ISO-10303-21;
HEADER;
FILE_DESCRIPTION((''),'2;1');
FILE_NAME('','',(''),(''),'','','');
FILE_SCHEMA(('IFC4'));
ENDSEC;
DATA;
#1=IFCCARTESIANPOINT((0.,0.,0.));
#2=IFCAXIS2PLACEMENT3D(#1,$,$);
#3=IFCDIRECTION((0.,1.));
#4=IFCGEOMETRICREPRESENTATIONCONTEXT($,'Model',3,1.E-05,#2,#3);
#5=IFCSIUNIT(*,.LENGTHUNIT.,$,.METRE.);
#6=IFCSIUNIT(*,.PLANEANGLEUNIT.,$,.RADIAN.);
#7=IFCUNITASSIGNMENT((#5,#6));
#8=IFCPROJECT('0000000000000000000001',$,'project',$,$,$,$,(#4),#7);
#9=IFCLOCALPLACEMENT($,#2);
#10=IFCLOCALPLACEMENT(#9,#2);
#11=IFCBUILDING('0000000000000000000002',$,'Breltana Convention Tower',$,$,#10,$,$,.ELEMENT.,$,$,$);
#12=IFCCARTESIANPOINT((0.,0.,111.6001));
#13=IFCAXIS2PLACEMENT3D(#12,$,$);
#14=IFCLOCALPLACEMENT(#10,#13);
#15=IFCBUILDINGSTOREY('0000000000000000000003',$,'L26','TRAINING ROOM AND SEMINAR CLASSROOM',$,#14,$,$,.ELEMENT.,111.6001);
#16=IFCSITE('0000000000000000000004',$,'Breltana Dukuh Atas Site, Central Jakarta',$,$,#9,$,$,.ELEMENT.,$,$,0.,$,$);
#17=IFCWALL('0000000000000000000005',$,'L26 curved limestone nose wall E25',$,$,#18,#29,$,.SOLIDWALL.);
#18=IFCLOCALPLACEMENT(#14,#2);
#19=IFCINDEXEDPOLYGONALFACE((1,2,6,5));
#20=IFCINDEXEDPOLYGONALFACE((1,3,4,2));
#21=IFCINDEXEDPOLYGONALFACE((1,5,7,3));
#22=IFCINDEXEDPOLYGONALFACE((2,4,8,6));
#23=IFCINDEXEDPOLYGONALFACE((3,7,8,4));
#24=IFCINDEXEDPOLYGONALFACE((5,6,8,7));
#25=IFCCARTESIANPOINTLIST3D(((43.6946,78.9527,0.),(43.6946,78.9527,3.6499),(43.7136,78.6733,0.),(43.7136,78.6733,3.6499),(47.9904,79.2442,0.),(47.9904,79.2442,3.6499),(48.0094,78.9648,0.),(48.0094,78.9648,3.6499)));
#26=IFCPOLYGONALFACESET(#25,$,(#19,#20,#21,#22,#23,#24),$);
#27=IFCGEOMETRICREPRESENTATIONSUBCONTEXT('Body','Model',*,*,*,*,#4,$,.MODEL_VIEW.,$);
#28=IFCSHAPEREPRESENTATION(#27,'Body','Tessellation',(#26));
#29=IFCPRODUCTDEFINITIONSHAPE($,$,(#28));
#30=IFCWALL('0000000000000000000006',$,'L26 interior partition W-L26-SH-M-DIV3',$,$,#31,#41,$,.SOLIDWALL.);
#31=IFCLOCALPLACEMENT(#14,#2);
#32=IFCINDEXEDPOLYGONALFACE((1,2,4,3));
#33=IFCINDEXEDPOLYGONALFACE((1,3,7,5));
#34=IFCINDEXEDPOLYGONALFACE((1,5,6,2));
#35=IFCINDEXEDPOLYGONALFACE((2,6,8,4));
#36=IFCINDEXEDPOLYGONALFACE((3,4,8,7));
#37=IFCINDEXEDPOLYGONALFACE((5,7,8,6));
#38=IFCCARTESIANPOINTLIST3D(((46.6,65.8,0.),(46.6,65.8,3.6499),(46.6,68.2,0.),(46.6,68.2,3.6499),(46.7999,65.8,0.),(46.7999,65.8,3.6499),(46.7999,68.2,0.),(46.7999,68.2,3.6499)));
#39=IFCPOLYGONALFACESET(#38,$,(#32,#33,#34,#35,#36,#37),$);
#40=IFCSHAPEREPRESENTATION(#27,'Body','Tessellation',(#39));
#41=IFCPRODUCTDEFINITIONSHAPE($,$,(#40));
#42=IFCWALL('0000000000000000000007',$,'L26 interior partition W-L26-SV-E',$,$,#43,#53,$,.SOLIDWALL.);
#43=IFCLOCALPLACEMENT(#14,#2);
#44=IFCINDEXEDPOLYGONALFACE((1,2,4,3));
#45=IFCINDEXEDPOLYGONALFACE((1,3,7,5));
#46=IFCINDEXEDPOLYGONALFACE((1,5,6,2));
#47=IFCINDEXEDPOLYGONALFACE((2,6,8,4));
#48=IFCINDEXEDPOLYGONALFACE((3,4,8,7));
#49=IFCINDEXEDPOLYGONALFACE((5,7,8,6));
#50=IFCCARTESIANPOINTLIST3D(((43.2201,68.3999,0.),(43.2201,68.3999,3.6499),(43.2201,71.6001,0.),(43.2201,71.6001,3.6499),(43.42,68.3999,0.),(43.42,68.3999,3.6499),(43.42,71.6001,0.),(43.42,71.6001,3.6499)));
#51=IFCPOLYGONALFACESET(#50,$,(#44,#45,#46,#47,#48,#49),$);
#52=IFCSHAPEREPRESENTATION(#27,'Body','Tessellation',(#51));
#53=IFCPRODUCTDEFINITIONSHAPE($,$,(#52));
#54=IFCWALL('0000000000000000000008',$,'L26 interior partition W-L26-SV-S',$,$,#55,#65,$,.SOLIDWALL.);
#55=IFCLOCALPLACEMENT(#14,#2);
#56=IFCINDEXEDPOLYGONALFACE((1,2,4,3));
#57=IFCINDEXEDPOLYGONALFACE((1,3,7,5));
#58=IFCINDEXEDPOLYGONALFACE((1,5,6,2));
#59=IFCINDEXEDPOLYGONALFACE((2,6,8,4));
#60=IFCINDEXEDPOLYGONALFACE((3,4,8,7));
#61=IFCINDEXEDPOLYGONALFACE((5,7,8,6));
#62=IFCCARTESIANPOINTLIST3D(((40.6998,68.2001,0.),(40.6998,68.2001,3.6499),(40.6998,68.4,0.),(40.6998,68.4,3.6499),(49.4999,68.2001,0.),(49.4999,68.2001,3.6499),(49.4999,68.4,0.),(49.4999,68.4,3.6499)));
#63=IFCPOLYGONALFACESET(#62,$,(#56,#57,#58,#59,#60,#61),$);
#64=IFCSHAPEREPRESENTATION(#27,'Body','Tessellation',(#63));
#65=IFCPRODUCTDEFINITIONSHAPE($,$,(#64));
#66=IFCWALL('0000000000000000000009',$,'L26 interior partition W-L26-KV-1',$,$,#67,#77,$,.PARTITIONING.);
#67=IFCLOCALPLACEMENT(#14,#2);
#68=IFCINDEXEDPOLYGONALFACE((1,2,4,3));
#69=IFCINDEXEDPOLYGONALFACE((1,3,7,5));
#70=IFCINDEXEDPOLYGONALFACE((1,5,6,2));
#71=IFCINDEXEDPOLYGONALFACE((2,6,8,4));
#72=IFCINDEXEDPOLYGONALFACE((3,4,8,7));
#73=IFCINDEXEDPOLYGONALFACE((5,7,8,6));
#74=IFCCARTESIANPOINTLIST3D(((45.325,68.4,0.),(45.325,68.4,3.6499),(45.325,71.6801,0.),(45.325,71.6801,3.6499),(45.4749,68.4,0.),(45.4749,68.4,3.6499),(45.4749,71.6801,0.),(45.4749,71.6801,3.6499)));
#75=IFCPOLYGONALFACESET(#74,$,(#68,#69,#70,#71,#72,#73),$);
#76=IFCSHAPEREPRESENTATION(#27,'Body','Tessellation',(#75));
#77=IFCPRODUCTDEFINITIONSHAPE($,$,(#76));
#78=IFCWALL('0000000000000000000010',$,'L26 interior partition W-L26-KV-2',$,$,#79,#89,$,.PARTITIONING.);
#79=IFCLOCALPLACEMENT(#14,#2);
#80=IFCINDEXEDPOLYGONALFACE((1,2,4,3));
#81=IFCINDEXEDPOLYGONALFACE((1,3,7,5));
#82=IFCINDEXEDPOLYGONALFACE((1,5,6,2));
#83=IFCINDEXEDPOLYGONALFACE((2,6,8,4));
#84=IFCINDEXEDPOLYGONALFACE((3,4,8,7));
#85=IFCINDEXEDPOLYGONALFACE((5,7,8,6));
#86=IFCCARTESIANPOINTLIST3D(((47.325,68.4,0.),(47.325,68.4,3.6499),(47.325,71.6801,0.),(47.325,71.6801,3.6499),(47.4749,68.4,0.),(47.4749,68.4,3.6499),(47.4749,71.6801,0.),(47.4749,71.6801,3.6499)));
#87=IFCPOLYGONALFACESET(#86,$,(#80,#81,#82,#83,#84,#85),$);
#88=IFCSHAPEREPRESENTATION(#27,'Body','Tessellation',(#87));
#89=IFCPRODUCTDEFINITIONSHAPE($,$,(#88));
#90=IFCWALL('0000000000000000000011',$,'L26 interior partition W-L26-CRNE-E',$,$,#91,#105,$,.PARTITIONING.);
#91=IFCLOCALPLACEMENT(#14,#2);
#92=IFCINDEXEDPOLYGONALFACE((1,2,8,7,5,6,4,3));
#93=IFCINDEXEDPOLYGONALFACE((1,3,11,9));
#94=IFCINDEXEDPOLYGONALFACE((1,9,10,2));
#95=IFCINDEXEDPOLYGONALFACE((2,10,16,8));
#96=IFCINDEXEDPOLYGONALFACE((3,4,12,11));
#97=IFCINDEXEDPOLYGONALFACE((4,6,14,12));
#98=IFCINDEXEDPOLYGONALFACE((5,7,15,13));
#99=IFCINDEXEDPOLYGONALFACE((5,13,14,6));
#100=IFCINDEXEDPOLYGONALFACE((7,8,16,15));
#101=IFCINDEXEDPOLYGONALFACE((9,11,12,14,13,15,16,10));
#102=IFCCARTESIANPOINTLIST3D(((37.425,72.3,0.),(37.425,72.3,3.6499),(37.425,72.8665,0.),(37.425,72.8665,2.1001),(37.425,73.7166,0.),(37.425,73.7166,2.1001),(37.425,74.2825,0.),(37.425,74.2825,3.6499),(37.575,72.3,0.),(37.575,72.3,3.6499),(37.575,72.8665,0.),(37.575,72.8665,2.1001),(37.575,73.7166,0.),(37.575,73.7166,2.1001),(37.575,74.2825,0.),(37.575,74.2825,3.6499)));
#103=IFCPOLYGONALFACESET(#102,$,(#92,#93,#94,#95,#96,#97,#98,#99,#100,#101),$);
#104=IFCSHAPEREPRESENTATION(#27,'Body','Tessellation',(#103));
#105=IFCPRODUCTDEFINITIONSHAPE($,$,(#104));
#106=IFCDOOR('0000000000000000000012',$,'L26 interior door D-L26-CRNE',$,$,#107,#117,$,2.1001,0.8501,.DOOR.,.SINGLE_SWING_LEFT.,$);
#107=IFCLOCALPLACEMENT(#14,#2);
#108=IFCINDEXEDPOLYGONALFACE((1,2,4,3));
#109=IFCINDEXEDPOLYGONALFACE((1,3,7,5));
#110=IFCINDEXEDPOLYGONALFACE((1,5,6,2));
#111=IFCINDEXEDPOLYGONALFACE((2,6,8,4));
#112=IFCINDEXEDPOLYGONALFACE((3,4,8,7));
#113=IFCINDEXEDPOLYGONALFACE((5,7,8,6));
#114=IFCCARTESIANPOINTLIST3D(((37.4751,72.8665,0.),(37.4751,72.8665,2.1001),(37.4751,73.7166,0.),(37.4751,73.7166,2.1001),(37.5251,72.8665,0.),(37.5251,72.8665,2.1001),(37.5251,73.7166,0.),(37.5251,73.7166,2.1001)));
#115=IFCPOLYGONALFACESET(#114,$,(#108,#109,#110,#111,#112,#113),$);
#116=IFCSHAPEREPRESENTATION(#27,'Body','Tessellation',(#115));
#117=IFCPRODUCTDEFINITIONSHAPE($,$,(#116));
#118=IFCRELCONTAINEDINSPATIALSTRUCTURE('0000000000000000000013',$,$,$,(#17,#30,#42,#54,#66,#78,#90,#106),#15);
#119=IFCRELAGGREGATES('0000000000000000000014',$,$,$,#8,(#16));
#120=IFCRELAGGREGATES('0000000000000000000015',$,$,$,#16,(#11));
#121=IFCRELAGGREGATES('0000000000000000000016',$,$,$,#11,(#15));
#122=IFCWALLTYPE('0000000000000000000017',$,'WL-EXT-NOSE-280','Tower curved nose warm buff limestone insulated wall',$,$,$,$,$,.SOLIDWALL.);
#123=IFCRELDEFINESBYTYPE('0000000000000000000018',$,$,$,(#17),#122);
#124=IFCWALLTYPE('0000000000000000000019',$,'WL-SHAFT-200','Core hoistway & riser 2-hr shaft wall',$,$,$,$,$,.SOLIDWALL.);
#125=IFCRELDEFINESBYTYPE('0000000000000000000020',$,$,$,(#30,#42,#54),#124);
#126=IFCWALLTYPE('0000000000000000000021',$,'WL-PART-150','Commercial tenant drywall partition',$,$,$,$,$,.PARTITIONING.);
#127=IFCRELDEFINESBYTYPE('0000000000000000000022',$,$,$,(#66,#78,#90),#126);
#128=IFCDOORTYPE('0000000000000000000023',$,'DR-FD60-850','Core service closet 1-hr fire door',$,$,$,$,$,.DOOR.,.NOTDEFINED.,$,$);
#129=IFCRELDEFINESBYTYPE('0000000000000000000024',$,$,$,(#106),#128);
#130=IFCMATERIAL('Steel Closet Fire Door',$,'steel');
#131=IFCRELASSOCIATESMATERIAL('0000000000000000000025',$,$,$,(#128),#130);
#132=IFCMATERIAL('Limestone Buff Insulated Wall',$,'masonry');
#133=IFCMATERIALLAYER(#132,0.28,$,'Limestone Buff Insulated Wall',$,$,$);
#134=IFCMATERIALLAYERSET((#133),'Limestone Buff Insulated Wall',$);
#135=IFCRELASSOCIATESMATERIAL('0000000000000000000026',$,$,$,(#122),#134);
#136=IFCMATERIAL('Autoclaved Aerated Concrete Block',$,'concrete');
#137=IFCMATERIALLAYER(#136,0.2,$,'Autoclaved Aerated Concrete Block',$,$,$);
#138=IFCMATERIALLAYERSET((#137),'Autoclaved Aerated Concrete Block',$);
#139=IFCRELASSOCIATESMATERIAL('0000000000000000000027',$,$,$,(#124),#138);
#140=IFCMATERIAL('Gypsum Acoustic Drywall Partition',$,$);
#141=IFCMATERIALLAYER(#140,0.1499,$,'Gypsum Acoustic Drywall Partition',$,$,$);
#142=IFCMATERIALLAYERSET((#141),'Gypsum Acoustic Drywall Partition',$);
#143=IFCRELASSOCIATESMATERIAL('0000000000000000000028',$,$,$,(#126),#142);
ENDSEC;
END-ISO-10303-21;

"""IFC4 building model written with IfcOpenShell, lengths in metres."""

from ifc_helpers import new_model, si_unit, direction, frame, frame_2d, origin, place, context, subcontext, project, spatial, rectangle, extrude, source, transform, mapped, material, layer, layer_set, type_object, type_shapes, element, fill, save


model = new_model("IFC4")

# Units and contexts
model_context = context("Model", 3, precision=1e-05, world=origin(), true_north=direction((0.0, 1.0)))
body_context = subcontext(model_context, "Body", "Model", "MODEL_VIEW")
ifc_project = project(units=[si_unit("LENGTHUNIT", "METRE"), si_unit("PLANEANGLEUNIT", "RADIAN")], contexts=[model_context])

# Site, building, storey
site_placement = place(None, origin())
site = spatial("IfcSite", under=ifc_project, at=site_placement, Name="Breltana Dukuh Atas Site, Central Jakarta", CompositionType="ELEMENT", RefElevation=0.0)
building_placement = place(site_placement, origin())
building = spatial("IfcBuilding", under=site, at=building_placement, Name="Breltana Convention Tower", CompositionType="ELEMENT")
storey_placement = place(building_placement, frame((0.0, 0.0, 111.6001)))
storey = spatial("IfcBuildingStorey", under=building, at=storey_placement, Name="L26", Description="TRAINING ROOM AND SEMINAR CLASSROOM", CompositionType="ELEMENT", Elevation=111.6001)

# Shared definitions
ifc_material_1 = material(Name="Steel Closet Fire Door", Category="steel")
door_type_1 = type_object("IfcDoorType", Name="DR-FD60-850", Description="Core service closet 1-hr fire door", OperationType="NOTDEFINED", PredefinedType="DOOR", material=ifc_material_1)
shared_shape_1 = source(origin(), body_context, "Body", "SweptSolid", [
    extrude(rectangle(XDim=0.8501, YDim=2.1001, at=frame_2d((0.425, 1.05))), frame((0.0, 0.0249, 0.0), z_axis=(0.0, -1.0, 0.0), x_axis=(1.0, 0.0, 0.0)), (0.0, 0.0, 1.0), 0.05),
])
type_shapes(door_type_1, [shared_shape_1])

# Walls
ifc_material_2 = material(Name="Limestone Buff Insulated Wall", Category="masonry")
ifc_layer_1 = layer(ifc_material_2, 0.28, Name="Limestone Buff Insulated Wall")
ifc_layer_set_1 = layer_set([ifc_layer_1], Name="Limestone Buff Insulated Wall")
wall_type_1 = type_object("IfcWallType", Name="WL-EXT-NOSE-280", Description="Tower curved nose warm buff limestone insulated wall", PredefinedType="SOLIDWALL", material=ifc_layer_set_1)
shared_shape_2 = source(origin(), body_context, "Body", "SweptSolid", [
    extrude(rectangle(XDim=4.3057, YDim=0.28, at=frame_2d((2.1528, 0.0))), origin(), (0.0, 0.0, 1.0), 3.6499),
])
wall_1_placement = place(storey_placement, frame((43.7041, 78.813, 0.0), z_axis=(0.0, 0.0, 1.0), x_axis=(0.997706, 0.067701, 0.0)))
element("IfcWall", 1, at=wall_1_placement, inside=storey, type_object=wall_type_1, Name="L26 curved limestone nose wall E25", PredefinedType="SOLIDWALL", context=body_context, shape_type="MappedRepresentation", body=[
    mapped(shared_shape_2, transform((0.0, 0.0, 0.0), scale=1.0)),
])
ifc_material_3 = material(Name="Autoclaved Aerated Concrete Block", Category="concrete")
ifc_layer_2 = layer(ifc_material_3, 0.2, Name="Autoclaved Aerated Concrete Block")
ifc_layer_set_2 = layer_set([ifc_layer_2], Name="Autoclaved Aerated Concrete Block")
wall_type_2 = type_object("IfcWallType", Name="WL-SHAFT-200", Description="Core hoistway & riser 2-hr shaft wall", PredefinedType="SOLIDWALL", material=ifc_layer_set_2)
shared_shape_3 = source(origin(), body_context, "Body", "SweptSolid", [
    extrude(rectangle(XDim=2.3999, YDim=0.2, at=frame_2d((1.2, 0.0))), origin(), (0.0, 0.0, 1.0), 3.6499),
])
wall_2_placement = place(storey_placement, frame((46.7, 65.8, 0.0), z_axis=(0.0, 0.0, 1.0), x_axis=(0.0, 1.0, 0.0)))
element("IfcWall", 2, at=wall_2_placement, inside=storey, type_object=wall_type_2, Name="L26 interior partition W-L26-SH-M-DIV3", PredefinedType="SOLIDWALL", context=body_context, shape_type="MappedRepresentation", body=[
    mapped(shared_shape_3, transform((0.0, 0.0, 0.0), scale=1.0)),
])
shared_shape_4 = source(origin(), body_context, "Body", "SweptSolid", [
    extrude(rectangle(XDim=3.2002, YDim=0.2, at=frame_2d((1.6001, 0.0))), origin(), (0.0, 0.0, 1.0), 3.6499),
])
wall_3_placement = place(storey_placement, frame((43.3201, 68.3999, 0.0), z_axis=(0.0, 0.0, 1.0), x_axis=(0.0, 1.0, 0.0)))
element("IfcWall", 3, at=wall_3_placement, inside=storey, type_object=wall_type_2, Name="L26 interior partition W-L26-SV-E", PredefinedType="SOLIDWALL", context=body_context, shape_type="MappedRepresentation", body=[
    mapped(shared_shape_4, transform((0.0, 0.0, 0.0), scale=1.0)),
])
shared_shape_5 = source(origin(), body_context, "Body", "SweptSolid", [
    extrude(rectangle(XDim=8.8, YDim=0.2, at=frame_2d((4.3999, 0.0))), origin(), (0.0, 0.0, 1.0), 3.6499),
])
wall_4_placement = place(storey_placement, frame((40.7, 68.3, 0.0), z_axis=(0.0, 0.0, 1.0), x_axis=(1.0, 0.0, 0.0)))
element("IfcWall", 4, at=wall_4_placement, inside=storey, type_object=wall_type_2, Name="L26 interior partition W-L26-SV-S", PredefinedType="SOLIDWALL", context=body_context, shape_type="MappedRepresentation", body=[
    mapped(shared_shape_5, transform((0.0, 0.0, 0.0), scale=1.0)),
])
ifc_material_4 = material(Name="Gypsum Acoustic Drywall Partition")
ifc_layer_3 = layer(ifc_material_4, 0.1499, Name="Gypsum Acoustic Drywall Partition")
ifc_layer_set_3 = layer_set([ifc_layer_3], Name="Gypsum Acoustic Drywall Partition")
wall_type_3 = type_object("IfcWallType", Name="WL-PART-150", Description="Commercial tenant drywall partition", PredefinedType="PARTITIONING", material=ifc_layer_set_3)
shared_shape_6 = source(origin(), body_context, "Body", "SweptSolid", [
    extrude(rectangle(XDim=3.28, YDim=0.1499, at=frame_2d((1.6401, 0.0))), origin(), (0.0, 0.0, 1.0), 3.6499),
])
for number, where, z_axis, x_axis, name in (
    (5, (45.3999, 68.3999, 0.0), (0.0, 0.0, 1.0), (0.0, 1.0, 0.0), "L26 interior partition W-L26-KV-1"),
    (6, (47.3999, 68.3999, 0.0), (0.0, 0.0, 1.0), (0.0, 1.0, 0.0), "L26 interior partition W-L26-KV-2"),
):
    element("IfcWall", number, at=place(storey_placement, frame(where, z_axis=z_axis, x_axis=x_axis)), inside=storey, type_object=wall_type_3, Name=name, PredefinedType="PARTITIONING", context=body_context, shape_type="MappedRepresentation", body=[
        mapped(shared_shape_6, transform((0.0, 0.0, 0.0), scale=1.0)),
    ])

# Wall, opening, door
shared_shape_7 = source(origin(), body_context, "Body", "SweptSolid", [
    extrude(rectangle(XDim=1.9824, YDim=0.1499, at=frame_2d((0.9912, 0.0))), origin(), (0.0, 0.0, 1.0), 3.6499),
])
wall_5_placement = place(storey_placement, frame((37.5, 72.3, 0.0), z_axis=(0.0, 0.0, 1.0), x_axis=(0.0, 1.0, 0.0)))
wall_5 = element("IfcWall", 7, at=wall_5_placement, inside=storey, type_object=wall_type_3, Name="L26 interior partition W-L26-CRNE-E", PredefinedType="PARTITIONING", context=body_context, shape_type="MappedRepresentation", body=[
    mapped(shared_shape_7, transform((0.0, 0.0, 0.0), scale=1.0)),
])
opening_1_placement = place(wall_5_placement, frame((0.5664, 0.0, 0.0)))
opening_1 = element("IfcOpeningElement", 8, at=opening_1_placement, cuts=wall_5, PredefinedType="OPENING", context=body_context, shape_type="SweptSolid", body=[
    extrude(rectangle(XDim=0.8501, YDim=2.1001, at=frame_2d((0.425, 1.05))), frame((0.0, 0.085, 0.0), z_axis=(0.0, -1.0, 0.0), x_axis=(1.0, 0.0, 0.0)), (0.0, 0.0, 1.0), 0.1699),
])
door_1_placement = place(opening_1_placement, origin())
door_1 = element("IfcDoor", 9, at=door_1_placement, inside=storey, type_object=door_type_1, Name="L26 interior door D-L26-CRNE", OperationType="SINGLE_SWING_LEFT", OverallHeight=2.1001, OverallWidth=0.8501, PredefinedType="DOOR", context=body_context, shape_type="MappedRepresentation", body=[
    mapped(shared_shape_1, transform((0.0, 0.0, 0.0), scale=1.0)),
])
fill(opening_1, door_1)

save(model, "model.ifc")
